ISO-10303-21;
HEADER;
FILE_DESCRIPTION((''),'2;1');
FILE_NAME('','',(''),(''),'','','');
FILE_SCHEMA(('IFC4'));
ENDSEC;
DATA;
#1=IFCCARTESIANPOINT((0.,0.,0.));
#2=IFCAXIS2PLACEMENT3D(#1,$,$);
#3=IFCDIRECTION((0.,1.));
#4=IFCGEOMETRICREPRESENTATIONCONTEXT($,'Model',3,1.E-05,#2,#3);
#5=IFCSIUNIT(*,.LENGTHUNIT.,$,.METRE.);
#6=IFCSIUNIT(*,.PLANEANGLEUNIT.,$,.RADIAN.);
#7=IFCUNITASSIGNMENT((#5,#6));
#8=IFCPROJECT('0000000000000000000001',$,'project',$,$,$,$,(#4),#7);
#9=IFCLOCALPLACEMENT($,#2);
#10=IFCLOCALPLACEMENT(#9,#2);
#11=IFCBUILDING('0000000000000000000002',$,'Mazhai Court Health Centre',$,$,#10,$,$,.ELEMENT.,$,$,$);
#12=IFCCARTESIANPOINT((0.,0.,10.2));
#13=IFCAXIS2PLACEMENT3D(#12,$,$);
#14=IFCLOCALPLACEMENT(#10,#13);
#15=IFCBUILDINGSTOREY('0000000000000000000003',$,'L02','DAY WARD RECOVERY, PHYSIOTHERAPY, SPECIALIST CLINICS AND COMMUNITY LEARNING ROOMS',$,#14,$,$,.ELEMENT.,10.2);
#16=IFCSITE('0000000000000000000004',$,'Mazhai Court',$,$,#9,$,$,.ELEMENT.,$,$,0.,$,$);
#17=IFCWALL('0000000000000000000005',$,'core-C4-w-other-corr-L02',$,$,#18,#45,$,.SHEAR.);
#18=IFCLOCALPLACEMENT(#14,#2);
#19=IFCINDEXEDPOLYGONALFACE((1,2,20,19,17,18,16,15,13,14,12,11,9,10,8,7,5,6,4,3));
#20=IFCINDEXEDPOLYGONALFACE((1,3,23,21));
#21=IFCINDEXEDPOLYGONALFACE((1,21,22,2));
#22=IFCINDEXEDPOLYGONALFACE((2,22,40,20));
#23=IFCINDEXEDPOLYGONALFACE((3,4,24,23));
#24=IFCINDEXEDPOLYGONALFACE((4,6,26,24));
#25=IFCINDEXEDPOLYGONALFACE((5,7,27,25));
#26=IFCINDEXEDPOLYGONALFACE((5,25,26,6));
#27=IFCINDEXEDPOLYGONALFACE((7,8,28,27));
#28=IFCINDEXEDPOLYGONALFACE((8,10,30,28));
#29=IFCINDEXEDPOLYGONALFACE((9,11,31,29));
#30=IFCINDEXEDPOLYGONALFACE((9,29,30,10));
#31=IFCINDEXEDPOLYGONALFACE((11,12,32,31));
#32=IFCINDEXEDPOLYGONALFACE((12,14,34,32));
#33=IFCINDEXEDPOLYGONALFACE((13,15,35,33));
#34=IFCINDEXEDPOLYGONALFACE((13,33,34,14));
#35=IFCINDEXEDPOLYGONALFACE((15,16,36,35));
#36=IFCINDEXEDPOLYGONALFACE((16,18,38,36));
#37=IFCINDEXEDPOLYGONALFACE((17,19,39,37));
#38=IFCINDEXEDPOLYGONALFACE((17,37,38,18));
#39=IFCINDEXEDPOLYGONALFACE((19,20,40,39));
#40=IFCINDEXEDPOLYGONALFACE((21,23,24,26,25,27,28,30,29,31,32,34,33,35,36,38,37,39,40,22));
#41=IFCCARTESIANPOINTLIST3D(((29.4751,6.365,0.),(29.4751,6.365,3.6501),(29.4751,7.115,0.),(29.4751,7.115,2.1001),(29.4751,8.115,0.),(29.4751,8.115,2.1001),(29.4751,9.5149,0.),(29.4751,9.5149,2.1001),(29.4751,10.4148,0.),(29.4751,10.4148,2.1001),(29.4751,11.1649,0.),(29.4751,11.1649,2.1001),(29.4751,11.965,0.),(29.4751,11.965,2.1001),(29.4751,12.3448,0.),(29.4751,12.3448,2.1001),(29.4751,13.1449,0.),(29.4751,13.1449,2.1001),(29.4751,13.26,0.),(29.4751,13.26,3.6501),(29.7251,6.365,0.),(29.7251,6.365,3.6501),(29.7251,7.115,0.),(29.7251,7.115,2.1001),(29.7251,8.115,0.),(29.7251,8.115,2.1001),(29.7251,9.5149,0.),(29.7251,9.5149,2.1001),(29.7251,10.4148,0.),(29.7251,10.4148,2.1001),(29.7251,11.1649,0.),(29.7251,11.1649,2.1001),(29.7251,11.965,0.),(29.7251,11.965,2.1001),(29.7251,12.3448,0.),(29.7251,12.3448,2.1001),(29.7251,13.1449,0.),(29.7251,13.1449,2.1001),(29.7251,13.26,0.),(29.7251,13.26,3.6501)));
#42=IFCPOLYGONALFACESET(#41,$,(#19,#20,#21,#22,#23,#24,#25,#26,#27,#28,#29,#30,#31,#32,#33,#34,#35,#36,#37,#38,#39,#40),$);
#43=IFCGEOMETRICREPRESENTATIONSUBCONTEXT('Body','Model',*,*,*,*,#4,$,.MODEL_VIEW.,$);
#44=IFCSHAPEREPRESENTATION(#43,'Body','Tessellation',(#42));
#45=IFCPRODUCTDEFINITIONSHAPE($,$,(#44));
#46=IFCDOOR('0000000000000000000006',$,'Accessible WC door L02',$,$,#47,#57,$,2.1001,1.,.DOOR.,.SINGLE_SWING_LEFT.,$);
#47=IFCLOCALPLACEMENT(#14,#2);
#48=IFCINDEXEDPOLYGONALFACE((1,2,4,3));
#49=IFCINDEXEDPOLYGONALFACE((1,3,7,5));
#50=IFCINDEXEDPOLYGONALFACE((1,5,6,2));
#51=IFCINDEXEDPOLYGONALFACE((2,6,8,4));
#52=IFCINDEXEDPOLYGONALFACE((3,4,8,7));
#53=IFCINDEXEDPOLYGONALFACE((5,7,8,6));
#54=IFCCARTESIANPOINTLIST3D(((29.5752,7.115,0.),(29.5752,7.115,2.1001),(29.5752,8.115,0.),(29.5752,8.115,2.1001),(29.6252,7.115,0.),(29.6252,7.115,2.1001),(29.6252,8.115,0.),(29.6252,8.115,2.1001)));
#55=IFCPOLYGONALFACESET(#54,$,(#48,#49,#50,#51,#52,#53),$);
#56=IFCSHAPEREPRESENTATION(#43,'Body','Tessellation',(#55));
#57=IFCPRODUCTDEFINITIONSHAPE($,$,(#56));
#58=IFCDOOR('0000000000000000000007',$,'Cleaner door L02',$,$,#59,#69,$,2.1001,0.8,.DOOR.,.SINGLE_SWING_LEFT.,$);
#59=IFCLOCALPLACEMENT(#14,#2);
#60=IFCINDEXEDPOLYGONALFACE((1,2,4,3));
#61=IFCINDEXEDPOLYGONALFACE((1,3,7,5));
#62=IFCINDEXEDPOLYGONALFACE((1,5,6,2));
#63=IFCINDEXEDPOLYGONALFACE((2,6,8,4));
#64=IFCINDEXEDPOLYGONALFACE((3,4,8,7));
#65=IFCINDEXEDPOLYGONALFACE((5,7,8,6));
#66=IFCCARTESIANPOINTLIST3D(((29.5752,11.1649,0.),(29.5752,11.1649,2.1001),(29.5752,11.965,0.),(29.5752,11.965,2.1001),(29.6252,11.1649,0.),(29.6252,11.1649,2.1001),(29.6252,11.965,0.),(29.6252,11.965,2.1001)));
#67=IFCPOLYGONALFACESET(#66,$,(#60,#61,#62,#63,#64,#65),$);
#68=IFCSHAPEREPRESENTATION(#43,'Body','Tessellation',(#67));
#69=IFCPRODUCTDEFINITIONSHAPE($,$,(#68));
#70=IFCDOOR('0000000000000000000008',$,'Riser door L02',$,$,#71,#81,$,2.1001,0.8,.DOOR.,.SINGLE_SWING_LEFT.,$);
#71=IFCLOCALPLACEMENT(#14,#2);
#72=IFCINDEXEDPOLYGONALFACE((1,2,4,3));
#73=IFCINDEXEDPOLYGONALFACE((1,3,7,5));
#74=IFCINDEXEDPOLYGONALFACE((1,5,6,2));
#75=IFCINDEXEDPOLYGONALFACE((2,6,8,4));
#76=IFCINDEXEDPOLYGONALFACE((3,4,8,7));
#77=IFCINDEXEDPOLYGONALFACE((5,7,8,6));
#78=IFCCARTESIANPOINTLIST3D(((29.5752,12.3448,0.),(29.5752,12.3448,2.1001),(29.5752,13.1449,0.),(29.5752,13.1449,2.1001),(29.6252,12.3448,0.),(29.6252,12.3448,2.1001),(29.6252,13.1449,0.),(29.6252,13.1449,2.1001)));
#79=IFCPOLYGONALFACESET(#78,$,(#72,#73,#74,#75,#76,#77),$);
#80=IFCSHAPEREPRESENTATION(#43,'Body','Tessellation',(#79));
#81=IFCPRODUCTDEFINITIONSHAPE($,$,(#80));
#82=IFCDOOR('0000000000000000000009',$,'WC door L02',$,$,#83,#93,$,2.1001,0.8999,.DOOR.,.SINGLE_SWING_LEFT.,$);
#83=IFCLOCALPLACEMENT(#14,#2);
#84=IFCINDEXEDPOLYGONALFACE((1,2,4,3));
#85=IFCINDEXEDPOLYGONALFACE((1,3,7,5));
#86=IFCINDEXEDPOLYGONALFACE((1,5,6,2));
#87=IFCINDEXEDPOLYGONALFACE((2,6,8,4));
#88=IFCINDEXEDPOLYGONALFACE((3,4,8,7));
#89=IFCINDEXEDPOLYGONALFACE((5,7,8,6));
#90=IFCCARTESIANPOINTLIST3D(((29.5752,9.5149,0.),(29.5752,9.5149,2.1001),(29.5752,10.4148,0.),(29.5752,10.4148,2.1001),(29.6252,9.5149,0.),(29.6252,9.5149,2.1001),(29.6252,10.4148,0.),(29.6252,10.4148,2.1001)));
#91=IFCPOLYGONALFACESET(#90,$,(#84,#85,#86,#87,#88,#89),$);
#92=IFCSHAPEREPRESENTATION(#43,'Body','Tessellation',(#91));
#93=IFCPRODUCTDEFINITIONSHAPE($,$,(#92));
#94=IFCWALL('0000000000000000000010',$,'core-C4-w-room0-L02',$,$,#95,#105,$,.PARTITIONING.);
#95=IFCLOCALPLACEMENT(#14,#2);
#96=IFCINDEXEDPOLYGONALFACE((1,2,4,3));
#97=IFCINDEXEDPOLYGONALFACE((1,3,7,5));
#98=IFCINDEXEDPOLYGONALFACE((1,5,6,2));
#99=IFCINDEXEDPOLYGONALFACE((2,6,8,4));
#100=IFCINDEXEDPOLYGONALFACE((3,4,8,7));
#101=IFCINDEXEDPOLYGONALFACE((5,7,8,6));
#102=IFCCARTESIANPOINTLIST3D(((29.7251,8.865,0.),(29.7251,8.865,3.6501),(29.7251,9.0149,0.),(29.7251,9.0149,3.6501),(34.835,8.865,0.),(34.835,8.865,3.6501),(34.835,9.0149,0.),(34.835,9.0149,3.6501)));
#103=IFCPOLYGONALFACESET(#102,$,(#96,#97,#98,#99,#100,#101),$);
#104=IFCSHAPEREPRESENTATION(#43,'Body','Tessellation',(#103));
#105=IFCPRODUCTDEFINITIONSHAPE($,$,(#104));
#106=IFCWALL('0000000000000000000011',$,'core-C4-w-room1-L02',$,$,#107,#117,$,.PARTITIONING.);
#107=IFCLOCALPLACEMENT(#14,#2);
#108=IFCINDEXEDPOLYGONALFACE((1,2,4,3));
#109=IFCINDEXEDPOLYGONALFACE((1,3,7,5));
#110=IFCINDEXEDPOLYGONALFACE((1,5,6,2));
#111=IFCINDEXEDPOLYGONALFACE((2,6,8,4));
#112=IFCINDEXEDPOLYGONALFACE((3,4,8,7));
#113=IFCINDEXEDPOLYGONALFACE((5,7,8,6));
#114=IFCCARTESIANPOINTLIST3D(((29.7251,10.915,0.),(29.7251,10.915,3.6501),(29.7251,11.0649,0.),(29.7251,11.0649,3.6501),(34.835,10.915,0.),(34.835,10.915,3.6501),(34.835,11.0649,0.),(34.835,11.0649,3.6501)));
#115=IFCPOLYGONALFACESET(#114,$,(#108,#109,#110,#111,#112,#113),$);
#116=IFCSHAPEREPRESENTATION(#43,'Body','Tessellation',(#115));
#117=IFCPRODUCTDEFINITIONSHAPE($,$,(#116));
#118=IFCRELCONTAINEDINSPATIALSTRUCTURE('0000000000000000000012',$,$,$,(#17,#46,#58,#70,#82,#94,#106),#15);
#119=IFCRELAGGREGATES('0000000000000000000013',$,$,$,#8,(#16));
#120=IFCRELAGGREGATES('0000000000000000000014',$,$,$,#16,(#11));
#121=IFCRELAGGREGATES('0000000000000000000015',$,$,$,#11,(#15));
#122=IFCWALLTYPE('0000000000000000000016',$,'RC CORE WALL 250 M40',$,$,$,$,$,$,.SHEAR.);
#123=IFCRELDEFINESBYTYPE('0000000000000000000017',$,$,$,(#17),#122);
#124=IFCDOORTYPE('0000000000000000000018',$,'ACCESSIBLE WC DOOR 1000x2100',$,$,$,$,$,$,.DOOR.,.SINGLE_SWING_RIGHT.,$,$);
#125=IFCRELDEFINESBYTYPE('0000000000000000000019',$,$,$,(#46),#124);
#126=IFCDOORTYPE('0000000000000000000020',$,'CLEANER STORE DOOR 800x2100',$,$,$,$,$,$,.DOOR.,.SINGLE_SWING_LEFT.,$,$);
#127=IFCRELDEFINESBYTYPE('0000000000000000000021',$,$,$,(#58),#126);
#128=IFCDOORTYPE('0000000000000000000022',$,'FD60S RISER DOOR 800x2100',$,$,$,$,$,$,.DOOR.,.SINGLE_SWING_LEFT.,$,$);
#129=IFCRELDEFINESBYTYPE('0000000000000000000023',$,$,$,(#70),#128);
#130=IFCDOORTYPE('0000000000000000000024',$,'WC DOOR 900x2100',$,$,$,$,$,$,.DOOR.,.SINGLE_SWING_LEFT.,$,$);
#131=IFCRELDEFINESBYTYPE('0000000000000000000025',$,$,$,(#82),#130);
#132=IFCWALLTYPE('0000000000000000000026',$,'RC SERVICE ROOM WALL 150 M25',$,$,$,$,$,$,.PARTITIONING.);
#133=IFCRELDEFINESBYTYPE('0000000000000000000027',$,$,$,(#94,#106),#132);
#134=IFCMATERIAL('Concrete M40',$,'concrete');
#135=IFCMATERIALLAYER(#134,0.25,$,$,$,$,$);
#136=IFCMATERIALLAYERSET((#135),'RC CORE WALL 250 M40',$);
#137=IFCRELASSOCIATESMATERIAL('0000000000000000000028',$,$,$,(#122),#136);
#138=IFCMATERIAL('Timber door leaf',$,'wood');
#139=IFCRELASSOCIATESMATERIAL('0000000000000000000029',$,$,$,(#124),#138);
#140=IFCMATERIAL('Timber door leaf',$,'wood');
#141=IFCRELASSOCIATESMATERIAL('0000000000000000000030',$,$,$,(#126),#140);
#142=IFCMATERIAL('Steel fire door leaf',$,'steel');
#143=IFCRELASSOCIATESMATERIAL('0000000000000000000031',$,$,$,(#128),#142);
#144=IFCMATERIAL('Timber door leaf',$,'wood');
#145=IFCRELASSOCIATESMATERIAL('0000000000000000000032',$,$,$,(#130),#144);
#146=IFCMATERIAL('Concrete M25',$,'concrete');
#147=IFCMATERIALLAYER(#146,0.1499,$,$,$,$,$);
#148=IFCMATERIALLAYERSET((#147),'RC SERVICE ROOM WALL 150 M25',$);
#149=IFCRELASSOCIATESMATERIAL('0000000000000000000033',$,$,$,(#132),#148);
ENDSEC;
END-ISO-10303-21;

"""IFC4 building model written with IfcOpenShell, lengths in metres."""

from ifc_helpers import new_model, si_unit, direction, frame, frame_2d, origin, place, context, subcontext, project, spatial, rectangle, extrude, material, layer, layer_set, type_object, element, fill, save


model = new_model("IFC4")

# Units and contexts
model_context = context("Model", 3, precision=1e-05, world=origin(), true_north=direction((0.0, 1.0)))
body_context = subcontext(model_context, "Body", "Model", "MODEL_VIEW")
ifc_project = project(units=[si_unit("LENGTHUNIT", "METRE"), si_unit("PLANEANGLEUNIT", "RADIAN")], contexts=[model_context])

# Site, building, storey
site_placement = place(None, origin())
site = spatial("IfcSite", under=ifc_project, at=site_placement, Name="Mazhai Court", CompositionType="ELEMENT", RefElevation=0.0)
building_placement = place(site_placement, origin())
building = spatial("IfcBuilding", under=site, at=building_placement, Name="Mazhai Court Health Centre", CompositionType="ELEMENT")
storey_placement = place(building_placement, frame((0.0, 0.0, 10.2)))
storey = spatial("IfcBuildingStorey", under=building, at=storey_placement, Name="L02", Description="DAY WARD RECOVERY, PHYSIOTHERAPY, SPECIALIST CLINICS AND COMMUNITY LEARNING ROOMS", CompositionType="ELEMENT", Elevation=10.2)

# Shared definitions
ifc_material_1 = material(Name="Concrete M40", Category="concrete")
ifc_layer_1 = layer(ifc_material_1, 0.25)
ifc_layer_set_1 = layer_set([ifc_layer_1], Name="RC CORE WALL 250 M40")
wall_type_1 = type_object("IfcWallType", Name="RC CORE WALL 250 M40", PredefinedType="SHEAR", material=ifc_layer_set_1)

# Wall, openings, doors
wall_1_placement = place(storey_placement, frame((29.6001, 6.365, 0.0), z_axis=(0.0, 0.0, 1.0), x_axis=(0.0, 1.0, 0.0)))
wall_1 = element("IfcWall", 1, at=wall_1_placement, inside=storey, type_object=wall_type_1, Name="core-C4-w-other-corr-L02", PredefinedType="SHEAR", context=body_context, shape_type="SweptSolid", body=[
    extrude(rectangle(XDim=6.895, YDim=0.25, at=frame_2d((3.4475, 0.0))), origin(), (0.0, 0.0, 1.0), 3.6501),
])
opening_1_placement = place(wall_1_placement, frame((0.75, 0.0, 0.0)))
opening_1 = element("IfcOpeningElement", 2, at=opening_1_placement, cuts=wall_1, PredefinedType="OPENING", context=body_context, shape_type="SweptSolid", body=[
    extrude(rectangle(XDim=1.0, YDim=2.1001, at=frame_2d((0.5, 1.05))), frame((0.0, 0.135, 0.0), z_axis=(0.0, -1.0, 0.0), x_axis=(1.0, 0.0, 0.0)), (0.0, 0.0, 1.0), 0.27),
])
opening_2_placement = place(wall_1_placement, frame((3.1499, 0.0, 0.0)))
opening_2 = element("IfcOpeningElement", 3, at=opening_2_placement, cuts=wall_1, PredefinedType="OPENING", context=body_context, shape_type="SweptSolid", body=[
    extrude(rectangle(XDim=0.8999, YDim=2.1001, at=frame_2d((0.45, 1.05))), frame((0.0, 0.135, 0.0), z_axis=(0.0, -1.0, 0.0), x_axis=(1.0, 0.0, 0.0)), (0.0, 0.0, 1.0), 0.27),
])
opening_3_placement = place(wall_1_placement, frame((4.8, 0.0, 0.0)))
opening_3 = element("IfcOpeningElement", 4, at=opening_3_placement, cuts=wall_1, PredefinedType="OPENING", context=body_context, shape_type="SweptSolid", body=[
    extrude(rectangle(XDim=0.8, YDim=2.1001, at=frame_2d((0.3999, 1.05))), frame((0.0, 0.135, 0.0), z_axis=(0.0, -1.0, 0.0), x_axis=(1.0, 0.0, 0.0)), (0.0, 0.0, 1.0), 0.27),
])
opening_4_placement = place(wall_1_placement, frame((5.98, 0.0, 0.0)))
opening_4 = element("IfcOpeningElement", 5, at=opening_4_placement, cuts=wall_1, PredefinedType="OPENING", context=body_context, shape_type="SweptSolid", body=[
    extrude(rectangle(XDim=0.8, YDim=2.1001, at=frame_2d((0.3999, 1.05))), frame((0.0, 0.135, 0.0), z_axis=(0.0, -1.0, 0.0), x_axis=(1.0, 0.0, 0.0)), (0.0, 0.0, 1.0), 0.27),
])
ifc_material_2 = material(Name="Timber door leaf", Category="wood")
door_type_1 = type_object("IfcDoorType", Name="ACCESSIBLE WC DOOR 1000x2100", OperationType="SINGLE_SWING_RIGHT", PredefinedType="DOOR", material=ifc_material_2)
door_1_placement = place(opening_1_placement, origin())
door_1 = element("IfcDoor", 6, at=door_1_placement, inside=storey, type_object=door_type_1, Name="Accessible WC door L02", OperationType="SINGLE_SWING_LEFT", OverallHeight=2.1001, OverallWidth=1.0, PredefinedType="DOOR", context=body_context, shape_type="SweptSolid", body=[
    extrude(rectangle(XDim=1.0, YDim=2.1001, at=frame_2d((0.5, 1.05))), frame((0.0, 0.0249, 0.0), z_axis=(0.0, -1.0, 0.0), x_axis=(1.0, 0.0, 0.0)), (0.0, 0.0, 1.0), 0.05),
])
fill(opening_1, door_1)
ifc_material_3 = material(Name="Timber door leaf", Category="wood")
door_type_2 = type_object("IfcDoorType", Name="CLEANER STORE DOOR 800x2100", OperationType="SINGLE_SWING_LEFT", PredefinedType="DOOR", material=ifc_material_3)
door_2_placement = place(opening_3_placement, origin())
door_2 = element("IfcDoor", 7, at=door_2_placement, inside=storey, type_object=door_type_2, Name="Cleaner door L02", OperationType="SINGLE_SWING_LEFT", OverallHeight=2.1001, OverallWidth=0.8, PredefinedType="DOOR", context=body_context, shape_type="SweptSolid", body=[
    extrude(rectangle(XDim=0.8, YDim=2.1001, at=frame_2d((0.3999, 1.05))), frame((0.0, 0.0249, 0.0), z_axis=(0.0, -1.0, 0.0), x_axis=(1.0, 0.0, 0.0)), (0.0, 0.0, 1.0), 0.05),
])
fill(opening_3, door_2)
ifc_material_4 = material(Name="Steel fire door leaf", Category="steel")
door_type_3 = type_object("IfcDoorType", Name="FD60S RISER DOOR 800x2100", OperationType="SINGLE_SWING_LEFT", PredefinedType="DOOR", material=ifc_material_4)
door_3_placement = place(opening_4_placement, origin())
door_3 = element("IfcDoor", 8, at=door_3_placement, inside=storey, type_object=door_type_3, Name="Riser door L02", OperationType="SINGLE_SWING_LEFT", OverallHeight=2.1001, OverallWidth=0.8, PredefinedType="DOOR", context=body_context, shape_type="SweptSolid", body=[
    extrude(rectangle(XDim=0.8, YDim=2.1001, at=frame_2d((0.3999, 1.05))), frame((0.0, 0.0249, 0.0), z_axis=(0.0, -1.0, 0.0), x_axis=(1.0, 0.0, 0.0)), (0.0, 0.0, 1.0), 0.05),
])
fill(opening_4, door_3)
ifc_material_5 = material(Name="Timber door leaf", Category="wood")
door_type_4 = type_object("IfcDoorType", Name="WC DOOR 900x2100", OperationType="SINGLE_SWING_LEFT", PredefinedType="DOOR", material=ifc_material_5)
door_4_placement = place(opening_2_placement, origin())
door_4 = element("IfcDoor", 9, at=door_4_placement, inside=storey, type_object=door_type_4, Name="WC door L02", OperationType="SINGLE_SWING_LEFT", OverallHeight=2.1001, OverallWidth=0.8999, PredefinedType="DOOR", context=body_context, shape_type="SweptSolid", body=[
    extrude(rectangle(XDim=0.8999, YDim=2.1001, at=frame_2d((0.45, 1.05))), frame((0.0, 0.0249, 0.0), z_axis=(0.0, -1.0, 0.0), x_axis=(1.0, 0.0, 0.0)), (0.0, 0.0, 1.0), 0.05),
])
fill(opening_2, door_4)

# Walls
ifc_material_6 = material(Name="Concrete M25", Category="concrete")
ifc_layer_2 = layer(ifc_material_6, 0.1499)
ifc_layer_set_2 = layer_set([ifc_layer_2], Name="RC SERVICE ROOM WALL 150 M25")
wall_type_2 = type_object("IfcWallType", Name="RC SERVICE ROOM WALL 150 M25", PredefinedType="PARTITIONING", material=ifc_layer_set_2)
for number, where, z_axis, x_axis, name in (
    (10, (29.7251, 8.9399, 0.0), (0.0, 0.0, 1.0), (1.0, 0.0, 0.0), "core-C4-w-room0-L02"),
    (11, (29.7251, 10.99, 0.0), (0.0, 0.0, 1.0), (1.0, 0.0, 0.0), "core-C4-w-room1-L02"),
):
    element("IfcWall", number, at=place(storey_placement, frame(where, z_axis=z_axis, x_axis=x_axis)), inside=storey, type_object=wall_type_2, Name=name, PredefinedType="PARTITIONING", context=body_context, shape_type="SweptSolid", body=[
        extrude(rectangle(XDim=5.1099, YDim=0.1499, at=frame_2d((2.5549, 0.0))), origin(), (0.0, 0.0, 1.0), 3.6501),
    ])

save(model, "model.ifc")
